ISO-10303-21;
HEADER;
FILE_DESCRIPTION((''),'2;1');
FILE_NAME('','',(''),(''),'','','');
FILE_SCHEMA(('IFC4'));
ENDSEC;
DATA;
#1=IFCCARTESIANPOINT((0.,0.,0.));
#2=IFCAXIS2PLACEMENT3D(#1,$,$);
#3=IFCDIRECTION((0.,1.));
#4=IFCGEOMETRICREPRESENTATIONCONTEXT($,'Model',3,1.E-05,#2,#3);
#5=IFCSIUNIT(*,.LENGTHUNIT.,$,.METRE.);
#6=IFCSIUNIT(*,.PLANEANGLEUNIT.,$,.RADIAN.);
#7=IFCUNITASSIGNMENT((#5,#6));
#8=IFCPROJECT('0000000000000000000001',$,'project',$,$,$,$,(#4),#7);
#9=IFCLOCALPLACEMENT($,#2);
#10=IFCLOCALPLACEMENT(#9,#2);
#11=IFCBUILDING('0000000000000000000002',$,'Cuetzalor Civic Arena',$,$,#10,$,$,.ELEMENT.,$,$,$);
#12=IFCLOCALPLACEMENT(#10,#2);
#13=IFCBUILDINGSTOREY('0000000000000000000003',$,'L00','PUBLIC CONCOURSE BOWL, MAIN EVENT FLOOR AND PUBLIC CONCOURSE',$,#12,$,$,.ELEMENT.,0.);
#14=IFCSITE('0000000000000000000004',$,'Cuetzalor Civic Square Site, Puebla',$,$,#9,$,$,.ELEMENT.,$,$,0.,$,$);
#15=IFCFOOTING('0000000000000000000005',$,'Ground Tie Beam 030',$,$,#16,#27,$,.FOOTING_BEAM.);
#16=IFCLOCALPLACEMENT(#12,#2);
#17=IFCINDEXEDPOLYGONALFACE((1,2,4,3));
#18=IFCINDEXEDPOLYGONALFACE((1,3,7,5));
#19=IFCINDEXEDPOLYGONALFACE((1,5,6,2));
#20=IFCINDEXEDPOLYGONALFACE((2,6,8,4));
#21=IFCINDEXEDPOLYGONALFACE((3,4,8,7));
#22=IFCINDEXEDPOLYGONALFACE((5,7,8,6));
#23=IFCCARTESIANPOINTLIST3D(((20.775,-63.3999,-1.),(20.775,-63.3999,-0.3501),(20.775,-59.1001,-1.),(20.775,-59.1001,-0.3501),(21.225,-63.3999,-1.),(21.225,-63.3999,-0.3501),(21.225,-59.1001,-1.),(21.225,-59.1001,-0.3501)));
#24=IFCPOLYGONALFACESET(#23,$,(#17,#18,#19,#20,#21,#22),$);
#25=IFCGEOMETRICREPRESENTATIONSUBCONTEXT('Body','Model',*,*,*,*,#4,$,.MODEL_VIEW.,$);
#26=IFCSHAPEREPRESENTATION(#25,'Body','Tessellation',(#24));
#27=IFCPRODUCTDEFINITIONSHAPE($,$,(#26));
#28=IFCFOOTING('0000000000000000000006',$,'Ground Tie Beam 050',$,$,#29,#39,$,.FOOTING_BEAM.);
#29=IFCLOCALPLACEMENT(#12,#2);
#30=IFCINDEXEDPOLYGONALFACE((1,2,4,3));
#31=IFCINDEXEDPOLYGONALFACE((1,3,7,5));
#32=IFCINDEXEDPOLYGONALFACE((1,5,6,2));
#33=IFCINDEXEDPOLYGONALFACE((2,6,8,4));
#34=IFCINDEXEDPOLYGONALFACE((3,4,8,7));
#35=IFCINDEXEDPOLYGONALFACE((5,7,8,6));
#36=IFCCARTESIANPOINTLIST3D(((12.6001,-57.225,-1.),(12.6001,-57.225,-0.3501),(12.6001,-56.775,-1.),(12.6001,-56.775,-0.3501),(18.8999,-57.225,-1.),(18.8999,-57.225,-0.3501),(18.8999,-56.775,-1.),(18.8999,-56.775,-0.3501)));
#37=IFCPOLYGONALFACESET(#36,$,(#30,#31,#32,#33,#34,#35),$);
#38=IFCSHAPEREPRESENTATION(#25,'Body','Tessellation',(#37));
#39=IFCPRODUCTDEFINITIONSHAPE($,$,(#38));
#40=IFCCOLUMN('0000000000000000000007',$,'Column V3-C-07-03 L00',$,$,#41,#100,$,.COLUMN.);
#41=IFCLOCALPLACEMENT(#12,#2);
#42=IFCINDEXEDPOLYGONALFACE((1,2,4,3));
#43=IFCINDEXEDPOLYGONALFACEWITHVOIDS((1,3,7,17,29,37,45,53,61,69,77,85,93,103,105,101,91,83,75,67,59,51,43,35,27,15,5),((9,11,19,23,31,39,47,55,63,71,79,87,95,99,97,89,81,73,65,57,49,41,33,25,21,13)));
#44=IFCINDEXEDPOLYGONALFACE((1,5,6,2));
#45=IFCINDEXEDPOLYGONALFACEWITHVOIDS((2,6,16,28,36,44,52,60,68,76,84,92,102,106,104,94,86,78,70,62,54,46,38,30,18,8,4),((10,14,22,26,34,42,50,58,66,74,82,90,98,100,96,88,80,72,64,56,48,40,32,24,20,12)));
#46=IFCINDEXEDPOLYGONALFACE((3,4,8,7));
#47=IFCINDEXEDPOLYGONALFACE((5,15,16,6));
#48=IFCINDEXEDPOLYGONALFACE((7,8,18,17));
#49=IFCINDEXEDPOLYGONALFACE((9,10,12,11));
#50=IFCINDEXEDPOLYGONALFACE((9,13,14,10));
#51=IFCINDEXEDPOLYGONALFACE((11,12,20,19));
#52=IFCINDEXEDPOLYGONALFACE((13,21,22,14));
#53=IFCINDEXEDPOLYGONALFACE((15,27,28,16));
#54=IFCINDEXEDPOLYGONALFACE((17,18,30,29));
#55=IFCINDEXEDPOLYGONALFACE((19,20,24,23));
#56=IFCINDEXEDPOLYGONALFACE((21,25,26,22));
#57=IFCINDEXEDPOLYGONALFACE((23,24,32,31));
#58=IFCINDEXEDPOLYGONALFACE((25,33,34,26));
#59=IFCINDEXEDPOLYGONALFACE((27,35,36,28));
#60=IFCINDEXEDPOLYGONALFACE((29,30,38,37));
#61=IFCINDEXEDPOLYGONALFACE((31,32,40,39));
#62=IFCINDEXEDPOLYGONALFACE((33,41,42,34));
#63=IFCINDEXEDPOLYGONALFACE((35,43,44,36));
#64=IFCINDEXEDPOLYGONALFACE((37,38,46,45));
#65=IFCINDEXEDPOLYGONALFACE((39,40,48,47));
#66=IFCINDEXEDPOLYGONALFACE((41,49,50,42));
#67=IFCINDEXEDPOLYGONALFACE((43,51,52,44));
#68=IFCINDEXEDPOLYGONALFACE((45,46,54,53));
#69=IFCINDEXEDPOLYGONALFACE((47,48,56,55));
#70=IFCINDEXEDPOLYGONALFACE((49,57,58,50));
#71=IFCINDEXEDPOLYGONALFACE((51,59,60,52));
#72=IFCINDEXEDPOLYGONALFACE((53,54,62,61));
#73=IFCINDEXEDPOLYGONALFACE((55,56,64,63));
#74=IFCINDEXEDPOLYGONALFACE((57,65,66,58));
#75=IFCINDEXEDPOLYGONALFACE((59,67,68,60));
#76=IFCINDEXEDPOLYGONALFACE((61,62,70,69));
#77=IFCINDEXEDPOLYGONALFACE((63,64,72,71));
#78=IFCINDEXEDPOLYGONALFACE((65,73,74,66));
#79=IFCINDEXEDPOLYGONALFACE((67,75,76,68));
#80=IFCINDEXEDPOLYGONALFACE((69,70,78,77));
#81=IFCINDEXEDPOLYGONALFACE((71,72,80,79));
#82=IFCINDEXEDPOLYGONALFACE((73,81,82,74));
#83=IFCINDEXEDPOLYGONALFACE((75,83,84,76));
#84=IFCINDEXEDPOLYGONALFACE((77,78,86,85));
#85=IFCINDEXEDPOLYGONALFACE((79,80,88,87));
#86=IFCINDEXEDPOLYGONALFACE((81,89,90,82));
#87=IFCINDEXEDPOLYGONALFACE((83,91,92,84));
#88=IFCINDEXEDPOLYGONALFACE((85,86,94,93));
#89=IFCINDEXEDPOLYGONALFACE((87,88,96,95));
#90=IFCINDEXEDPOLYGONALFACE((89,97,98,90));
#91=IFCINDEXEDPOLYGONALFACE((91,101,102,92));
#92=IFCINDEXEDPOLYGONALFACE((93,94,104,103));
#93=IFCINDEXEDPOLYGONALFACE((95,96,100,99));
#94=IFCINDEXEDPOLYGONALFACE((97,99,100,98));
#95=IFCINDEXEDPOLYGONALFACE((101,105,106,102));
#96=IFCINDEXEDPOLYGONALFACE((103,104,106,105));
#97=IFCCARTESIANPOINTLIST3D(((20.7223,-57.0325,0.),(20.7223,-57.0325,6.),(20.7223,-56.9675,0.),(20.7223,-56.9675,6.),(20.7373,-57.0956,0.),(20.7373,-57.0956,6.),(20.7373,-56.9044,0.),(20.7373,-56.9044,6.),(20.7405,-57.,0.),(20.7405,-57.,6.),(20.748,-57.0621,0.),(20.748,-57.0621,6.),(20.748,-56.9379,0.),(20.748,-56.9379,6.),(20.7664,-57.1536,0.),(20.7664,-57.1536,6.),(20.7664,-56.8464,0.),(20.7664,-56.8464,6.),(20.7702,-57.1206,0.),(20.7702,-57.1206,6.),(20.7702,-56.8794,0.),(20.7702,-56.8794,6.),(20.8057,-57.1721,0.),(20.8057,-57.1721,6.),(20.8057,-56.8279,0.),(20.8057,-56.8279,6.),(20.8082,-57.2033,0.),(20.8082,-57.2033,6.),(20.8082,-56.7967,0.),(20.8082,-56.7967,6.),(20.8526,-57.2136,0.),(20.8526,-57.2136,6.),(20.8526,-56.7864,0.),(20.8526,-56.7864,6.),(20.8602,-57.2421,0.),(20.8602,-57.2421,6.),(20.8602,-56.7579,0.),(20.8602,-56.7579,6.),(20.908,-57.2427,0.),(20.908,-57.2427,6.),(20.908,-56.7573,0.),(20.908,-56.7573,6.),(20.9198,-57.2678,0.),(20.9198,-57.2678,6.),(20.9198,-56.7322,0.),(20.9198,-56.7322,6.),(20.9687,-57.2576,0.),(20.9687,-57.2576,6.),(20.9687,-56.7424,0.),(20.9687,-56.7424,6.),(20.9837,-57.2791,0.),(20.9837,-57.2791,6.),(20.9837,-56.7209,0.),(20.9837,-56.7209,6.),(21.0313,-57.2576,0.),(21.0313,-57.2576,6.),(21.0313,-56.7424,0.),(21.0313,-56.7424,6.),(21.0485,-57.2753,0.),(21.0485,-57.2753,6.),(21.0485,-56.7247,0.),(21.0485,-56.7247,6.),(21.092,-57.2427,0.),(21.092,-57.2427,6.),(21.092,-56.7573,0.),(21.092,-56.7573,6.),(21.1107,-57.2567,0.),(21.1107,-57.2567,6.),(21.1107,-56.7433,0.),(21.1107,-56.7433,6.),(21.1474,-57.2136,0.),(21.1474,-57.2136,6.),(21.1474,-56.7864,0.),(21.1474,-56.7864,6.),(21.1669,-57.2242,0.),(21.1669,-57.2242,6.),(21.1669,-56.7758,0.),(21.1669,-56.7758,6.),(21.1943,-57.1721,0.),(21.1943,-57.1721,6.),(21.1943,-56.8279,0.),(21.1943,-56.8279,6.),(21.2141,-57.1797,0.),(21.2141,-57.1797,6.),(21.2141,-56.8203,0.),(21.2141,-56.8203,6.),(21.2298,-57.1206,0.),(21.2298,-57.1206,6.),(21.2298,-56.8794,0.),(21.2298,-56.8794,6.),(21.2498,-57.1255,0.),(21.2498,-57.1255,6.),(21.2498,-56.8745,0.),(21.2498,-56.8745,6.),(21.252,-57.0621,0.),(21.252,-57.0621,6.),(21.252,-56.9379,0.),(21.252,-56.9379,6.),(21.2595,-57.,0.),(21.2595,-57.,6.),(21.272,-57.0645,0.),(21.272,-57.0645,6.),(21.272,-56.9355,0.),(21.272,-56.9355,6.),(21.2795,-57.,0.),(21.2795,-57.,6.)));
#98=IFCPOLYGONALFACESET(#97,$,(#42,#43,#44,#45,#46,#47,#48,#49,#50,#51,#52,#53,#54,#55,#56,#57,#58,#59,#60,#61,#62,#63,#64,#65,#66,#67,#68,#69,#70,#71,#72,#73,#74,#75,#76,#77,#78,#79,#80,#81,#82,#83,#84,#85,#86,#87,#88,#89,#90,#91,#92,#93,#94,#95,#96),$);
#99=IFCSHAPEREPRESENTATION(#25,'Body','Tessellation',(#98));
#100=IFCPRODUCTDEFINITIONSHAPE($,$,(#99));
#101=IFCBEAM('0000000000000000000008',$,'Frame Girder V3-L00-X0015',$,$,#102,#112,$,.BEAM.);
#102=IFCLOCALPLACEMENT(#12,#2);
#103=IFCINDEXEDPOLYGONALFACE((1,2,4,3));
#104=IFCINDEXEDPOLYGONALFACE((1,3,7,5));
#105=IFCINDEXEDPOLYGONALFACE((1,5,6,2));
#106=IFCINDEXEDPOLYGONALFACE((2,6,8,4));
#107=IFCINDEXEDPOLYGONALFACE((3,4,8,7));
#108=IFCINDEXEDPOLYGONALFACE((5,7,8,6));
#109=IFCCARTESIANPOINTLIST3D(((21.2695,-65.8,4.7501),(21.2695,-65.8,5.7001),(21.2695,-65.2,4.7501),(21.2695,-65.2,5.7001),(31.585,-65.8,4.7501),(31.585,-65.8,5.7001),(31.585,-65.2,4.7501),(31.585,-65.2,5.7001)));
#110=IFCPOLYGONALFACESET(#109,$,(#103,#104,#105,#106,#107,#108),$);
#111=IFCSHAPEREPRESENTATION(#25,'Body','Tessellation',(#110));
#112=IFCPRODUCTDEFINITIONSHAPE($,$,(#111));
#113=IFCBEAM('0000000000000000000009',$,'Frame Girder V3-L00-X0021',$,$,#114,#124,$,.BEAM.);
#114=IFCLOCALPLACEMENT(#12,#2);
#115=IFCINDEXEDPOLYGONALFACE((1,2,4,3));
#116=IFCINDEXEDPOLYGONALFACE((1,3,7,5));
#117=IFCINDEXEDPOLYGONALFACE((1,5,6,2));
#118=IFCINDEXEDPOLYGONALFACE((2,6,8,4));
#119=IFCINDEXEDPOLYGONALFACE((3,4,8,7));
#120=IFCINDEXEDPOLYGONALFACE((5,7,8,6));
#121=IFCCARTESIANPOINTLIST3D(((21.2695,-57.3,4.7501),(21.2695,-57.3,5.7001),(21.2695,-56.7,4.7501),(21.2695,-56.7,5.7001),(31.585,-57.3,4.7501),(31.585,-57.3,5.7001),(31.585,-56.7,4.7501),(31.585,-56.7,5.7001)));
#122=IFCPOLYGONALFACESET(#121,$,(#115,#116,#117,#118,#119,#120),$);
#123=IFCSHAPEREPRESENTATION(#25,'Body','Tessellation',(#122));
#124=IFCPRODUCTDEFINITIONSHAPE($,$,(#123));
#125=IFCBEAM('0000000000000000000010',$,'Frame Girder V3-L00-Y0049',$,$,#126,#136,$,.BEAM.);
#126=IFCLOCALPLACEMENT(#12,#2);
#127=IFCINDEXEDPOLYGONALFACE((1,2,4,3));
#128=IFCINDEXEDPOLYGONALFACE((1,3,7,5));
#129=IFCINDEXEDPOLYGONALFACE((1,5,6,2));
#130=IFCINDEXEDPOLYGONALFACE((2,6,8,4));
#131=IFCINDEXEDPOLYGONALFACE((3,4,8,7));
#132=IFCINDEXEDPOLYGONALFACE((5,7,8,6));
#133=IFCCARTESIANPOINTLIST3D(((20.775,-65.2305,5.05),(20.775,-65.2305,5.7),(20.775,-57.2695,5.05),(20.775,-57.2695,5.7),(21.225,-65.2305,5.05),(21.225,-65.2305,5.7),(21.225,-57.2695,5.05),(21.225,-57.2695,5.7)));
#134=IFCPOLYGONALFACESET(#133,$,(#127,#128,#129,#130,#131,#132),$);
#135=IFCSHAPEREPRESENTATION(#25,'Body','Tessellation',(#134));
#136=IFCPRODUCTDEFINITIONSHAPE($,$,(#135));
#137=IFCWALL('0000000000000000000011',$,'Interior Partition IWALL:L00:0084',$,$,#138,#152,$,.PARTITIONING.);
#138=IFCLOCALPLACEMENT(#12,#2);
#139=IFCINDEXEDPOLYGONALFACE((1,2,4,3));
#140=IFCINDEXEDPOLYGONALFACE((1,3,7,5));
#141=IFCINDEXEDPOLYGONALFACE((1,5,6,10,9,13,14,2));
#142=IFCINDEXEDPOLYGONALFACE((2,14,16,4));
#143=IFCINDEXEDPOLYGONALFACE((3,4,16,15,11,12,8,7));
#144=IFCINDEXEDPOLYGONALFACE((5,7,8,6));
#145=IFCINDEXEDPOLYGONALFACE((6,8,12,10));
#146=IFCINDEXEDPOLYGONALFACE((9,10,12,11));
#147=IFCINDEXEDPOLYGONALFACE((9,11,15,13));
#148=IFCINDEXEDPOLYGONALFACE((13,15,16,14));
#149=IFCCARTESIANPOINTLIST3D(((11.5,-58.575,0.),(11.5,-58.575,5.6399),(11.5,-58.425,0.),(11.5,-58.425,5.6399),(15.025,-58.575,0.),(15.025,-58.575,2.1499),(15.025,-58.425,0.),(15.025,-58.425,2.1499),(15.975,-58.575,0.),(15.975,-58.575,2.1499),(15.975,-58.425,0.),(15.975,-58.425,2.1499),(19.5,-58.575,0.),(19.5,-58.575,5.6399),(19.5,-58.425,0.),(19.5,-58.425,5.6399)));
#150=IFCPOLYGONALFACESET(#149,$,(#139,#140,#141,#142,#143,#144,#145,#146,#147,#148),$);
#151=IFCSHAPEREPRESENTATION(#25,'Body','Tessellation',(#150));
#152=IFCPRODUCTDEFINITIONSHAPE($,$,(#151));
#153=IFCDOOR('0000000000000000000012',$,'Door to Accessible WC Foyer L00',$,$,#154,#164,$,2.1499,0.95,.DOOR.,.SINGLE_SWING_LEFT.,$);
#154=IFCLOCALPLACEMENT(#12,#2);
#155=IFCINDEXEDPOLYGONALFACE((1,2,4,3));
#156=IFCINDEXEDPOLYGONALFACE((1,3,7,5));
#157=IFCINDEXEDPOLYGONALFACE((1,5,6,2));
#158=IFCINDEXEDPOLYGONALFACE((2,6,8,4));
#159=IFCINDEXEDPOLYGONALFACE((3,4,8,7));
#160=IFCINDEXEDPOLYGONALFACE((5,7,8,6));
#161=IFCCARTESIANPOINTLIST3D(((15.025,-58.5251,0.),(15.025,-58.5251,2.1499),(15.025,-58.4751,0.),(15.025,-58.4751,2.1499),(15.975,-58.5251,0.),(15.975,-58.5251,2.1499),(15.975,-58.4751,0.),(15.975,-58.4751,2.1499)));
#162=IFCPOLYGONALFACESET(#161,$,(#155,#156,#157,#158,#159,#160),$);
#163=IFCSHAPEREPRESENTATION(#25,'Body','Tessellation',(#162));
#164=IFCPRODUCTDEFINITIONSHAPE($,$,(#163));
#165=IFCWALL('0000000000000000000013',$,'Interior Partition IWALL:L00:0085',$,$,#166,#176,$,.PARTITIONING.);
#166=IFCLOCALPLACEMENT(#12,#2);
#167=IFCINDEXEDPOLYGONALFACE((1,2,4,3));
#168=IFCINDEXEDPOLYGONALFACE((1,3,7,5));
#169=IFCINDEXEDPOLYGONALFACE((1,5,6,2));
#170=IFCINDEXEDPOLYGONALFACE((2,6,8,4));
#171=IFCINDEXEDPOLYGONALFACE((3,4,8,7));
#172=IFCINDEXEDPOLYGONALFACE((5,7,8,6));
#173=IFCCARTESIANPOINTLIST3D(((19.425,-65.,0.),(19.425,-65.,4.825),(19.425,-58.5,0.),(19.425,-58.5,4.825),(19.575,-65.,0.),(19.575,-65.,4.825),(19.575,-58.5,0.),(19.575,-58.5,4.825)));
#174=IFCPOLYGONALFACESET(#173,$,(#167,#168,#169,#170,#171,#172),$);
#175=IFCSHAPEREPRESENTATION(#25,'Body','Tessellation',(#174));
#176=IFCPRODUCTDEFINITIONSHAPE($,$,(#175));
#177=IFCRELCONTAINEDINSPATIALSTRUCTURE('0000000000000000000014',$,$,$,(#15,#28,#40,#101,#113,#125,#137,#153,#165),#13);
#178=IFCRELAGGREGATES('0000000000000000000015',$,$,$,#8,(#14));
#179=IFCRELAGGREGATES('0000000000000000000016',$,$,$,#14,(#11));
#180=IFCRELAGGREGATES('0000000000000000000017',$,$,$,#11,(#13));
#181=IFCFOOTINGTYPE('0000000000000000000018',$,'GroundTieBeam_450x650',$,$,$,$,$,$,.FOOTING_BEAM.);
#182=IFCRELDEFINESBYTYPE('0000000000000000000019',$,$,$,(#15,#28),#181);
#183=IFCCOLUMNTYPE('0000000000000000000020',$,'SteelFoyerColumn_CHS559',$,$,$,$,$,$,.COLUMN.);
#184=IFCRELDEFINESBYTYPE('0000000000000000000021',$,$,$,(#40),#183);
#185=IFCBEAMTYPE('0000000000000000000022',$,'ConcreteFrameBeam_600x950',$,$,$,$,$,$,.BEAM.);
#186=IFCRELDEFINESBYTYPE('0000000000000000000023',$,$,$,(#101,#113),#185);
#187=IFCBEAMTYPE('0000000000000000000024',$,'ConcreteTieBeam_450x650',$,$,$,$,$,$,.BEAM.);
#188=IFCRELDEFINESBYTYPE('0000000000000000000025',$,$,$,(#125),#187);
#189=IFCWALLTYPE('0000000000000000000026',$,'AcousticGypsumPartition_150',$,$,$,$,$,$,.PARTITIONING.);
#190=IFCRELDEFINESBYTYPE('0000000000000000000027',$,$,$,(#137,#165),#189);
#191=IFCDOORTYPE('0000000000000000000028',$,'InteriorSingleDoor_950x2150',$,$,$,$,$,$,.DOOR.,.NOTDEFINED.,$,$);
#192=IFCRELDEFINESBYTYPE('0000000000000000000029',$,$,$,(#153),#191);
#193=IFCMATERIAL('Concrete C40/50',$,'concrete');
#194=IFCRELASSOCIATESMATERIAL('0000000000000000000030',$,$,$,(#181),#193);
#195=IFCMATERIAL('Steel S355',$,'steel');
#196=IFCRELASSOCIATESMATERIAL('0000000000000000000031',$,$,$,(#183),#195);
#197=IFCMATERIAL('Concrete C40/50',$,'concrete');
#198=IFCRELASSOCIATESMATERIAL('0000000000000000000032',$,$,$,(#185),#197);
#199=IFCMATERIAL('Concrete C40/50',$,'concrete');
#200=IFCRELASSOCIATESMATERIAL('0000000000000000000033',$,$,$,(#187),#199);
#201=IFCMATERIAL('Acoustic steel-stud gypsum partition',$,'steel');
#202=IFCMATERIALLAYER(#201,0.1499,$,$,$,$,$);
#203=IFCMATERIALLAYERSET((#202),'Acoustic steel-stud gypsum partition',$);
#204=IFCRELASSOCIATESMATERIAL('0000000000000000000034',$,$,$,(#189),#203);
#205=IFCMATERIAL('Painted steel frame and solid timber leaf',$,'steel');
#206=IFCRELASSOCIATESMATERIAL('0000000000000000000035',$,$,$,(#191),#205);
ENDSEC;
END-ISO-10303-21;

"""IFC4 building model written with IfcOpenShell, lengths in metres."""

from ifc_helpers import new_model, si_unit, direction, frame, frame_2d, origin, origin_2d, place, context, subcontext, project, spatial, rectangle, hollow_circle, extrude, material, layer, layer_set, material_profile, profile_set, type_object, element, fill, save


model = new_model("IFC4")

# Units and contexts
model_context = context("Model", 3, precision=1e-05, world=origin(), true_north=direction((0.0, 1.0)))
body_context = subcontext(model_context, "Body", "Model", "MODEL_VIEW")
ifc_project = project(units=[si_unit("LENGTHUNIT", "METRE"), si_unit("PLANEANGLEUNIT", "RADIAN")], contexts=[model_context])

# Site, building, storey
site_placement = place(None, origin())
site = spatial("IfcSite", under=ifc_project, at=site_placement, Name="Cuetzalor Civic Square Site, Puebla", CompositionType="ELEMENT", RefElevation=0.0)
building_placement = place(site_placement, origin())
building = spatial("IfcBuilding", under=site, at=building_placement, Name="Cuetzalor Civic Arena", CompositionType="ELEMENT")
storey_placement = place(building_placement, origin())
storey = spatial("IfcBuildingStorey", under=building, at=storey_placement, Name="L00", Description="PUBLIC CONCOURSE BOWL, MAIN EVENT FLOOR AND PUBLIC CONCOURSE", CompositionType="ELEMENT", Elevation=0.0)

# Footings
ifc_material_1 = material(Name="Concrete C40/50", Category="concrete")
ifc_material_profile_1 = material_profile(ifc_material_1, rectangle(XDim=0.45, YDim=0.6499, at=origin_2d()), Name="RC 450x650")
ifc_profile_set_1 = profile_set([ifc_material_profile_1], Name="Concrete C40/50")
footing_type_1 = type_object("IfcFootingType", Name="GroundTieBeam_450x650", PredefinedType="FOOTING_BEAM", material=ifc_profile_set_1)
footing_1_placement = place(storey_placement, frame((21.0, -63.3999, -0.675), z_axis=(0.0, 1.0, 0.0), x_axis=(-1.0, 0.0, 0.0)))
element("IfcFooting", 1, at=footing_1_placement, inside=storey, type_object=footing_type_1, Name="Ground Tie Beam 030", PredefinedType="FOOTING_BEAM", context=body_context, shape_type="SweptSolid", body=[
    extrude(rectangle(XDim=0.45, YDim=0.6499, at=origin_2d()), origin(), (0.0, 0.0, 1.0), 4.2998),
])
footing_2_placement = place(storey_placement, frame((12.6001, -57.0, -0.675), z_axis=(1.0, 0.0, 0.0), x_axis=(0.0, 1.0, 0.0)))
element("IfcFooting", 2, at=footing_2_placement, inside=storey, type_object=footing_type_1, Name="Ground Tie Beam 050", PredefinedType="FOOTING_BEAM", context=body_context, shape_type="SweptSolid", body=[
    extrude(rectangle(XDim=0.45, YDim=0.6499, at=origin_2d()), origin(), (0.0, 0.0, 1.0), 6.2998),
])

# Column
ifc_material_2 = material(Name="Steel S355", Category="steel")
ifc_material_profile_2 = material_profile(ifc_material_2, hollow_circle(Radius=0.2795, WallThickness=0.02, at=origin_2d()), Name="CHS 559x20")
ifc_profile_set_2 = profile_set([ifc_material_profile_2], Name="Steel S355")
column_type = type_object("IfcColumnType", Name="SteelFoyerColumn_CHS559", PredefinedType="COLUMN", material=ifc_profile_set_2)
column_placement = place(storey_placement, frame((21.0, -57.0, 0.0), z_axis=(0.0, 0.0, 1.0), x_axis=(1.0, 0.0, 0.0)))
element("IfcColumn", 3, at=column_placement, inside=storey, type_object=column_type, Name="Column V3-C-07-03 L00", PredefinedType="COLUMN", context=body_context, shape_type="SweptSolid", body=[
    extrude(hollow_circle(Radius=0.2795, WallThickness=0.02, at=origin_2d()), origin(), (0.0, 0.0, 1.0), 6.0),
])

# Beams
ifc_material_3 = material(Name="Concrete C40/50", Category="concrete")
ifc_material_profile_3 = material_profile(ifc_material_3, rectangle(XDim=0.6001, YDim=0.95, at=origin_2d()), Name="RC 600x950")
ifc_profile_set_3 = profile_set([ifc_material_profile_3], Name="Concrete C40/50")
beam_type_1 = type_object("IfcBeamType", Name="ConcreteFrameBeam_600x950", PredefinedType="BEAM", material=ifc_profile_set_3)
for number, where, z_axis, x_axis, name in (
    (4, (21.2695, -65.5, 5.2251), (1.0, 0.0, 0.0), (0.0, 1.0, 0.0), "Frame Girder V3-L00-X0015"),
    (5, (21.2695, -57.0, 5.2251), (1.0, 0.0, 0.0), (0.0, 1.0, 0.0), "Frame Girder V3-L00-X0021"),
):
    element("IfcBeam", number, at=place(storey_placement, frame(where, z_axis=z_axis, x_axis=x_axis)), inside=storey, type_object=beam_type_1, Name=name, PredefinedType="BEAM", context=body_context, shape_type="SweptSolid", body=[
        extrude(rectangle(XDim=0.6001, YDim=0.95, at=origin_2d()), origin(), (0.0, 0.0, 1.0), 10.3154),
    ])
ifc_material_4 = material(Name="Concrete C40/50", Category="concrete")
ifc_material_profile_4 = material_profile(ifc_material_4, rectangle(XDim=0.45, YDim=0.6499, at=origin_2d()), Name="RC 450x650")
ifc_profile_set_4 = profile_set([ifc_material_profile_4], Name="Concrete C40/50")
beam_type_2 = type_object("IfcBeamType", Name="ConcreteTieBeam_450x650", PredefinedType="BEAM", material=ifc_profile_set_4)
beam_placement = place(storey_placement, frame((21.0, -65.2305, 5.375), z_axis=(0.0, 1.0, 0.0), x_axis=(-1.0, 0.0, 0.0)))
element("IfcBeam", 6, at=beam_placement, inside=storey, type_object=beam_type_2, Name="Frame Girder V3-L00-Y0049", PredefinedType="BEAM", context=body_context, shape_type="SweptSolid", body=[
    extrude(rectangle(XDim=0.45, YDim=0.6499, at=origin_2d()), origin(), (0.0, 0.0, 1.0), 7.9609),
])

# Wall, opening, door
ifc_material_5 = material(Name="Acoustic steel-stud gypsum partition", Category="steel")
ifc_layer_1 = layer(ifc_material_5, 0.1499)
ifc_layer_set_1 = layer_set([ifc_layer_1], Name="Acoustic steel-stud gypsum partition")
wall_type_1 = type_object("IfcWallType", Name="AcousticGypsumPartition_150", PredefinedType="PARTITIONING", material=ifc_layer_set_1)
wall_1_placement = place(storey_placement, frame((11.5, -58.5, 0.0), z_axis=(0.0, 0.0, 1.0), x_axis=(1.0, 0.0, 0.0)))
wall_1 = element("IfcWall", 7, at=wall_1_placement, inside=storey, type_object=wall_type_1, Name="Interior Partition IWALL:L00:0084", PredefinedType="PARTITIONING", context=body_context, shape_type="SweptSolid", body=[
    extrude(rectangle(XDim=8.0, YDim=0.1499, at=frame_2d((4.0, 0.0))), origin(), (0.0, 0.0, 1.0), 5.6399),
])
opening_1_placement = place(wall_1_placement, frame((3.5249, 0.0, 0.0)))
opening_1 = element("IfcOpeningElement", 8, at=opening_1_placement, cuts=wall_1, PredefinedType="OPENING", context=body_context, shape_type="SweptSolid", body=[
    extrude(rectangle(XDim=0.95, YDim=2.1499, at=frame_2d((0.4751, 1.075))), frame((0.0, 0.085, 0.0), z_axis=(0.0, -1.0, 0.0), x_axis=(1.0, 0.0, 0.0)), (0.0, 0.0, 1.0), 0.1699),
])
ifc_material_6 = material(Name="Painted steel frame and solid timber leaf", Category="steel")
door_type_1 = type_object("IfcDoorType", Name="InteriorSingleDoor_950x2150", OperationType="NOTDEFINED", PredefinedType="DOOR", material=ifc_material_6)
door_1_placement = place(opening_1_placement, origin())
door_1 = element("IfcDoor", 9, at=door_1_placement, inside=storey, type_object=door_type_1, Name="Door to Accessible WC Foyer L00", OperationType="SINGLE_SWING_LEFT", OverallHeight=2.1499, OverallWidth=0.95, PredefinedType="DOOR", context=body_context, shape_type="SweptSolid", body=[
    extrude(rectangle(XDim=0.95, YDim=2.1499, at=frame_2d((0.4751, 1.075))), frame((0.0, 0.0249, 0.0), z_axis=(0.0, -1.0, 0.0), x_axis=(1.0, 0.0, 0.0)), (0.0, 0.0, 1.0), 0.05),
])
fill(opening_1, door_1)

# Wall
wall_2_placement = place(storey_placement, frame((19.5, -58.5, 0.0), z_axis=(0.0, 0.0, 1.0), x_axis=(0.0, -1.0, 0.0)))
element("IfcWall", 10, at=wall_2_placement, inside=storey, type_object=wall_type_1, Name="Interior Partition IWALL:L00:0085", PredefinedType="PARTITIONING", context=body_context, shape_type="SweptSolid", body=[
    extrude(rectangle(XDim=6.5, YDim=0.1499, at=frame_2d((3.25, 0.0))), origin(), (0.0, 0.0, 1.0), 4.825),
])

save(model, "model.ifc")
